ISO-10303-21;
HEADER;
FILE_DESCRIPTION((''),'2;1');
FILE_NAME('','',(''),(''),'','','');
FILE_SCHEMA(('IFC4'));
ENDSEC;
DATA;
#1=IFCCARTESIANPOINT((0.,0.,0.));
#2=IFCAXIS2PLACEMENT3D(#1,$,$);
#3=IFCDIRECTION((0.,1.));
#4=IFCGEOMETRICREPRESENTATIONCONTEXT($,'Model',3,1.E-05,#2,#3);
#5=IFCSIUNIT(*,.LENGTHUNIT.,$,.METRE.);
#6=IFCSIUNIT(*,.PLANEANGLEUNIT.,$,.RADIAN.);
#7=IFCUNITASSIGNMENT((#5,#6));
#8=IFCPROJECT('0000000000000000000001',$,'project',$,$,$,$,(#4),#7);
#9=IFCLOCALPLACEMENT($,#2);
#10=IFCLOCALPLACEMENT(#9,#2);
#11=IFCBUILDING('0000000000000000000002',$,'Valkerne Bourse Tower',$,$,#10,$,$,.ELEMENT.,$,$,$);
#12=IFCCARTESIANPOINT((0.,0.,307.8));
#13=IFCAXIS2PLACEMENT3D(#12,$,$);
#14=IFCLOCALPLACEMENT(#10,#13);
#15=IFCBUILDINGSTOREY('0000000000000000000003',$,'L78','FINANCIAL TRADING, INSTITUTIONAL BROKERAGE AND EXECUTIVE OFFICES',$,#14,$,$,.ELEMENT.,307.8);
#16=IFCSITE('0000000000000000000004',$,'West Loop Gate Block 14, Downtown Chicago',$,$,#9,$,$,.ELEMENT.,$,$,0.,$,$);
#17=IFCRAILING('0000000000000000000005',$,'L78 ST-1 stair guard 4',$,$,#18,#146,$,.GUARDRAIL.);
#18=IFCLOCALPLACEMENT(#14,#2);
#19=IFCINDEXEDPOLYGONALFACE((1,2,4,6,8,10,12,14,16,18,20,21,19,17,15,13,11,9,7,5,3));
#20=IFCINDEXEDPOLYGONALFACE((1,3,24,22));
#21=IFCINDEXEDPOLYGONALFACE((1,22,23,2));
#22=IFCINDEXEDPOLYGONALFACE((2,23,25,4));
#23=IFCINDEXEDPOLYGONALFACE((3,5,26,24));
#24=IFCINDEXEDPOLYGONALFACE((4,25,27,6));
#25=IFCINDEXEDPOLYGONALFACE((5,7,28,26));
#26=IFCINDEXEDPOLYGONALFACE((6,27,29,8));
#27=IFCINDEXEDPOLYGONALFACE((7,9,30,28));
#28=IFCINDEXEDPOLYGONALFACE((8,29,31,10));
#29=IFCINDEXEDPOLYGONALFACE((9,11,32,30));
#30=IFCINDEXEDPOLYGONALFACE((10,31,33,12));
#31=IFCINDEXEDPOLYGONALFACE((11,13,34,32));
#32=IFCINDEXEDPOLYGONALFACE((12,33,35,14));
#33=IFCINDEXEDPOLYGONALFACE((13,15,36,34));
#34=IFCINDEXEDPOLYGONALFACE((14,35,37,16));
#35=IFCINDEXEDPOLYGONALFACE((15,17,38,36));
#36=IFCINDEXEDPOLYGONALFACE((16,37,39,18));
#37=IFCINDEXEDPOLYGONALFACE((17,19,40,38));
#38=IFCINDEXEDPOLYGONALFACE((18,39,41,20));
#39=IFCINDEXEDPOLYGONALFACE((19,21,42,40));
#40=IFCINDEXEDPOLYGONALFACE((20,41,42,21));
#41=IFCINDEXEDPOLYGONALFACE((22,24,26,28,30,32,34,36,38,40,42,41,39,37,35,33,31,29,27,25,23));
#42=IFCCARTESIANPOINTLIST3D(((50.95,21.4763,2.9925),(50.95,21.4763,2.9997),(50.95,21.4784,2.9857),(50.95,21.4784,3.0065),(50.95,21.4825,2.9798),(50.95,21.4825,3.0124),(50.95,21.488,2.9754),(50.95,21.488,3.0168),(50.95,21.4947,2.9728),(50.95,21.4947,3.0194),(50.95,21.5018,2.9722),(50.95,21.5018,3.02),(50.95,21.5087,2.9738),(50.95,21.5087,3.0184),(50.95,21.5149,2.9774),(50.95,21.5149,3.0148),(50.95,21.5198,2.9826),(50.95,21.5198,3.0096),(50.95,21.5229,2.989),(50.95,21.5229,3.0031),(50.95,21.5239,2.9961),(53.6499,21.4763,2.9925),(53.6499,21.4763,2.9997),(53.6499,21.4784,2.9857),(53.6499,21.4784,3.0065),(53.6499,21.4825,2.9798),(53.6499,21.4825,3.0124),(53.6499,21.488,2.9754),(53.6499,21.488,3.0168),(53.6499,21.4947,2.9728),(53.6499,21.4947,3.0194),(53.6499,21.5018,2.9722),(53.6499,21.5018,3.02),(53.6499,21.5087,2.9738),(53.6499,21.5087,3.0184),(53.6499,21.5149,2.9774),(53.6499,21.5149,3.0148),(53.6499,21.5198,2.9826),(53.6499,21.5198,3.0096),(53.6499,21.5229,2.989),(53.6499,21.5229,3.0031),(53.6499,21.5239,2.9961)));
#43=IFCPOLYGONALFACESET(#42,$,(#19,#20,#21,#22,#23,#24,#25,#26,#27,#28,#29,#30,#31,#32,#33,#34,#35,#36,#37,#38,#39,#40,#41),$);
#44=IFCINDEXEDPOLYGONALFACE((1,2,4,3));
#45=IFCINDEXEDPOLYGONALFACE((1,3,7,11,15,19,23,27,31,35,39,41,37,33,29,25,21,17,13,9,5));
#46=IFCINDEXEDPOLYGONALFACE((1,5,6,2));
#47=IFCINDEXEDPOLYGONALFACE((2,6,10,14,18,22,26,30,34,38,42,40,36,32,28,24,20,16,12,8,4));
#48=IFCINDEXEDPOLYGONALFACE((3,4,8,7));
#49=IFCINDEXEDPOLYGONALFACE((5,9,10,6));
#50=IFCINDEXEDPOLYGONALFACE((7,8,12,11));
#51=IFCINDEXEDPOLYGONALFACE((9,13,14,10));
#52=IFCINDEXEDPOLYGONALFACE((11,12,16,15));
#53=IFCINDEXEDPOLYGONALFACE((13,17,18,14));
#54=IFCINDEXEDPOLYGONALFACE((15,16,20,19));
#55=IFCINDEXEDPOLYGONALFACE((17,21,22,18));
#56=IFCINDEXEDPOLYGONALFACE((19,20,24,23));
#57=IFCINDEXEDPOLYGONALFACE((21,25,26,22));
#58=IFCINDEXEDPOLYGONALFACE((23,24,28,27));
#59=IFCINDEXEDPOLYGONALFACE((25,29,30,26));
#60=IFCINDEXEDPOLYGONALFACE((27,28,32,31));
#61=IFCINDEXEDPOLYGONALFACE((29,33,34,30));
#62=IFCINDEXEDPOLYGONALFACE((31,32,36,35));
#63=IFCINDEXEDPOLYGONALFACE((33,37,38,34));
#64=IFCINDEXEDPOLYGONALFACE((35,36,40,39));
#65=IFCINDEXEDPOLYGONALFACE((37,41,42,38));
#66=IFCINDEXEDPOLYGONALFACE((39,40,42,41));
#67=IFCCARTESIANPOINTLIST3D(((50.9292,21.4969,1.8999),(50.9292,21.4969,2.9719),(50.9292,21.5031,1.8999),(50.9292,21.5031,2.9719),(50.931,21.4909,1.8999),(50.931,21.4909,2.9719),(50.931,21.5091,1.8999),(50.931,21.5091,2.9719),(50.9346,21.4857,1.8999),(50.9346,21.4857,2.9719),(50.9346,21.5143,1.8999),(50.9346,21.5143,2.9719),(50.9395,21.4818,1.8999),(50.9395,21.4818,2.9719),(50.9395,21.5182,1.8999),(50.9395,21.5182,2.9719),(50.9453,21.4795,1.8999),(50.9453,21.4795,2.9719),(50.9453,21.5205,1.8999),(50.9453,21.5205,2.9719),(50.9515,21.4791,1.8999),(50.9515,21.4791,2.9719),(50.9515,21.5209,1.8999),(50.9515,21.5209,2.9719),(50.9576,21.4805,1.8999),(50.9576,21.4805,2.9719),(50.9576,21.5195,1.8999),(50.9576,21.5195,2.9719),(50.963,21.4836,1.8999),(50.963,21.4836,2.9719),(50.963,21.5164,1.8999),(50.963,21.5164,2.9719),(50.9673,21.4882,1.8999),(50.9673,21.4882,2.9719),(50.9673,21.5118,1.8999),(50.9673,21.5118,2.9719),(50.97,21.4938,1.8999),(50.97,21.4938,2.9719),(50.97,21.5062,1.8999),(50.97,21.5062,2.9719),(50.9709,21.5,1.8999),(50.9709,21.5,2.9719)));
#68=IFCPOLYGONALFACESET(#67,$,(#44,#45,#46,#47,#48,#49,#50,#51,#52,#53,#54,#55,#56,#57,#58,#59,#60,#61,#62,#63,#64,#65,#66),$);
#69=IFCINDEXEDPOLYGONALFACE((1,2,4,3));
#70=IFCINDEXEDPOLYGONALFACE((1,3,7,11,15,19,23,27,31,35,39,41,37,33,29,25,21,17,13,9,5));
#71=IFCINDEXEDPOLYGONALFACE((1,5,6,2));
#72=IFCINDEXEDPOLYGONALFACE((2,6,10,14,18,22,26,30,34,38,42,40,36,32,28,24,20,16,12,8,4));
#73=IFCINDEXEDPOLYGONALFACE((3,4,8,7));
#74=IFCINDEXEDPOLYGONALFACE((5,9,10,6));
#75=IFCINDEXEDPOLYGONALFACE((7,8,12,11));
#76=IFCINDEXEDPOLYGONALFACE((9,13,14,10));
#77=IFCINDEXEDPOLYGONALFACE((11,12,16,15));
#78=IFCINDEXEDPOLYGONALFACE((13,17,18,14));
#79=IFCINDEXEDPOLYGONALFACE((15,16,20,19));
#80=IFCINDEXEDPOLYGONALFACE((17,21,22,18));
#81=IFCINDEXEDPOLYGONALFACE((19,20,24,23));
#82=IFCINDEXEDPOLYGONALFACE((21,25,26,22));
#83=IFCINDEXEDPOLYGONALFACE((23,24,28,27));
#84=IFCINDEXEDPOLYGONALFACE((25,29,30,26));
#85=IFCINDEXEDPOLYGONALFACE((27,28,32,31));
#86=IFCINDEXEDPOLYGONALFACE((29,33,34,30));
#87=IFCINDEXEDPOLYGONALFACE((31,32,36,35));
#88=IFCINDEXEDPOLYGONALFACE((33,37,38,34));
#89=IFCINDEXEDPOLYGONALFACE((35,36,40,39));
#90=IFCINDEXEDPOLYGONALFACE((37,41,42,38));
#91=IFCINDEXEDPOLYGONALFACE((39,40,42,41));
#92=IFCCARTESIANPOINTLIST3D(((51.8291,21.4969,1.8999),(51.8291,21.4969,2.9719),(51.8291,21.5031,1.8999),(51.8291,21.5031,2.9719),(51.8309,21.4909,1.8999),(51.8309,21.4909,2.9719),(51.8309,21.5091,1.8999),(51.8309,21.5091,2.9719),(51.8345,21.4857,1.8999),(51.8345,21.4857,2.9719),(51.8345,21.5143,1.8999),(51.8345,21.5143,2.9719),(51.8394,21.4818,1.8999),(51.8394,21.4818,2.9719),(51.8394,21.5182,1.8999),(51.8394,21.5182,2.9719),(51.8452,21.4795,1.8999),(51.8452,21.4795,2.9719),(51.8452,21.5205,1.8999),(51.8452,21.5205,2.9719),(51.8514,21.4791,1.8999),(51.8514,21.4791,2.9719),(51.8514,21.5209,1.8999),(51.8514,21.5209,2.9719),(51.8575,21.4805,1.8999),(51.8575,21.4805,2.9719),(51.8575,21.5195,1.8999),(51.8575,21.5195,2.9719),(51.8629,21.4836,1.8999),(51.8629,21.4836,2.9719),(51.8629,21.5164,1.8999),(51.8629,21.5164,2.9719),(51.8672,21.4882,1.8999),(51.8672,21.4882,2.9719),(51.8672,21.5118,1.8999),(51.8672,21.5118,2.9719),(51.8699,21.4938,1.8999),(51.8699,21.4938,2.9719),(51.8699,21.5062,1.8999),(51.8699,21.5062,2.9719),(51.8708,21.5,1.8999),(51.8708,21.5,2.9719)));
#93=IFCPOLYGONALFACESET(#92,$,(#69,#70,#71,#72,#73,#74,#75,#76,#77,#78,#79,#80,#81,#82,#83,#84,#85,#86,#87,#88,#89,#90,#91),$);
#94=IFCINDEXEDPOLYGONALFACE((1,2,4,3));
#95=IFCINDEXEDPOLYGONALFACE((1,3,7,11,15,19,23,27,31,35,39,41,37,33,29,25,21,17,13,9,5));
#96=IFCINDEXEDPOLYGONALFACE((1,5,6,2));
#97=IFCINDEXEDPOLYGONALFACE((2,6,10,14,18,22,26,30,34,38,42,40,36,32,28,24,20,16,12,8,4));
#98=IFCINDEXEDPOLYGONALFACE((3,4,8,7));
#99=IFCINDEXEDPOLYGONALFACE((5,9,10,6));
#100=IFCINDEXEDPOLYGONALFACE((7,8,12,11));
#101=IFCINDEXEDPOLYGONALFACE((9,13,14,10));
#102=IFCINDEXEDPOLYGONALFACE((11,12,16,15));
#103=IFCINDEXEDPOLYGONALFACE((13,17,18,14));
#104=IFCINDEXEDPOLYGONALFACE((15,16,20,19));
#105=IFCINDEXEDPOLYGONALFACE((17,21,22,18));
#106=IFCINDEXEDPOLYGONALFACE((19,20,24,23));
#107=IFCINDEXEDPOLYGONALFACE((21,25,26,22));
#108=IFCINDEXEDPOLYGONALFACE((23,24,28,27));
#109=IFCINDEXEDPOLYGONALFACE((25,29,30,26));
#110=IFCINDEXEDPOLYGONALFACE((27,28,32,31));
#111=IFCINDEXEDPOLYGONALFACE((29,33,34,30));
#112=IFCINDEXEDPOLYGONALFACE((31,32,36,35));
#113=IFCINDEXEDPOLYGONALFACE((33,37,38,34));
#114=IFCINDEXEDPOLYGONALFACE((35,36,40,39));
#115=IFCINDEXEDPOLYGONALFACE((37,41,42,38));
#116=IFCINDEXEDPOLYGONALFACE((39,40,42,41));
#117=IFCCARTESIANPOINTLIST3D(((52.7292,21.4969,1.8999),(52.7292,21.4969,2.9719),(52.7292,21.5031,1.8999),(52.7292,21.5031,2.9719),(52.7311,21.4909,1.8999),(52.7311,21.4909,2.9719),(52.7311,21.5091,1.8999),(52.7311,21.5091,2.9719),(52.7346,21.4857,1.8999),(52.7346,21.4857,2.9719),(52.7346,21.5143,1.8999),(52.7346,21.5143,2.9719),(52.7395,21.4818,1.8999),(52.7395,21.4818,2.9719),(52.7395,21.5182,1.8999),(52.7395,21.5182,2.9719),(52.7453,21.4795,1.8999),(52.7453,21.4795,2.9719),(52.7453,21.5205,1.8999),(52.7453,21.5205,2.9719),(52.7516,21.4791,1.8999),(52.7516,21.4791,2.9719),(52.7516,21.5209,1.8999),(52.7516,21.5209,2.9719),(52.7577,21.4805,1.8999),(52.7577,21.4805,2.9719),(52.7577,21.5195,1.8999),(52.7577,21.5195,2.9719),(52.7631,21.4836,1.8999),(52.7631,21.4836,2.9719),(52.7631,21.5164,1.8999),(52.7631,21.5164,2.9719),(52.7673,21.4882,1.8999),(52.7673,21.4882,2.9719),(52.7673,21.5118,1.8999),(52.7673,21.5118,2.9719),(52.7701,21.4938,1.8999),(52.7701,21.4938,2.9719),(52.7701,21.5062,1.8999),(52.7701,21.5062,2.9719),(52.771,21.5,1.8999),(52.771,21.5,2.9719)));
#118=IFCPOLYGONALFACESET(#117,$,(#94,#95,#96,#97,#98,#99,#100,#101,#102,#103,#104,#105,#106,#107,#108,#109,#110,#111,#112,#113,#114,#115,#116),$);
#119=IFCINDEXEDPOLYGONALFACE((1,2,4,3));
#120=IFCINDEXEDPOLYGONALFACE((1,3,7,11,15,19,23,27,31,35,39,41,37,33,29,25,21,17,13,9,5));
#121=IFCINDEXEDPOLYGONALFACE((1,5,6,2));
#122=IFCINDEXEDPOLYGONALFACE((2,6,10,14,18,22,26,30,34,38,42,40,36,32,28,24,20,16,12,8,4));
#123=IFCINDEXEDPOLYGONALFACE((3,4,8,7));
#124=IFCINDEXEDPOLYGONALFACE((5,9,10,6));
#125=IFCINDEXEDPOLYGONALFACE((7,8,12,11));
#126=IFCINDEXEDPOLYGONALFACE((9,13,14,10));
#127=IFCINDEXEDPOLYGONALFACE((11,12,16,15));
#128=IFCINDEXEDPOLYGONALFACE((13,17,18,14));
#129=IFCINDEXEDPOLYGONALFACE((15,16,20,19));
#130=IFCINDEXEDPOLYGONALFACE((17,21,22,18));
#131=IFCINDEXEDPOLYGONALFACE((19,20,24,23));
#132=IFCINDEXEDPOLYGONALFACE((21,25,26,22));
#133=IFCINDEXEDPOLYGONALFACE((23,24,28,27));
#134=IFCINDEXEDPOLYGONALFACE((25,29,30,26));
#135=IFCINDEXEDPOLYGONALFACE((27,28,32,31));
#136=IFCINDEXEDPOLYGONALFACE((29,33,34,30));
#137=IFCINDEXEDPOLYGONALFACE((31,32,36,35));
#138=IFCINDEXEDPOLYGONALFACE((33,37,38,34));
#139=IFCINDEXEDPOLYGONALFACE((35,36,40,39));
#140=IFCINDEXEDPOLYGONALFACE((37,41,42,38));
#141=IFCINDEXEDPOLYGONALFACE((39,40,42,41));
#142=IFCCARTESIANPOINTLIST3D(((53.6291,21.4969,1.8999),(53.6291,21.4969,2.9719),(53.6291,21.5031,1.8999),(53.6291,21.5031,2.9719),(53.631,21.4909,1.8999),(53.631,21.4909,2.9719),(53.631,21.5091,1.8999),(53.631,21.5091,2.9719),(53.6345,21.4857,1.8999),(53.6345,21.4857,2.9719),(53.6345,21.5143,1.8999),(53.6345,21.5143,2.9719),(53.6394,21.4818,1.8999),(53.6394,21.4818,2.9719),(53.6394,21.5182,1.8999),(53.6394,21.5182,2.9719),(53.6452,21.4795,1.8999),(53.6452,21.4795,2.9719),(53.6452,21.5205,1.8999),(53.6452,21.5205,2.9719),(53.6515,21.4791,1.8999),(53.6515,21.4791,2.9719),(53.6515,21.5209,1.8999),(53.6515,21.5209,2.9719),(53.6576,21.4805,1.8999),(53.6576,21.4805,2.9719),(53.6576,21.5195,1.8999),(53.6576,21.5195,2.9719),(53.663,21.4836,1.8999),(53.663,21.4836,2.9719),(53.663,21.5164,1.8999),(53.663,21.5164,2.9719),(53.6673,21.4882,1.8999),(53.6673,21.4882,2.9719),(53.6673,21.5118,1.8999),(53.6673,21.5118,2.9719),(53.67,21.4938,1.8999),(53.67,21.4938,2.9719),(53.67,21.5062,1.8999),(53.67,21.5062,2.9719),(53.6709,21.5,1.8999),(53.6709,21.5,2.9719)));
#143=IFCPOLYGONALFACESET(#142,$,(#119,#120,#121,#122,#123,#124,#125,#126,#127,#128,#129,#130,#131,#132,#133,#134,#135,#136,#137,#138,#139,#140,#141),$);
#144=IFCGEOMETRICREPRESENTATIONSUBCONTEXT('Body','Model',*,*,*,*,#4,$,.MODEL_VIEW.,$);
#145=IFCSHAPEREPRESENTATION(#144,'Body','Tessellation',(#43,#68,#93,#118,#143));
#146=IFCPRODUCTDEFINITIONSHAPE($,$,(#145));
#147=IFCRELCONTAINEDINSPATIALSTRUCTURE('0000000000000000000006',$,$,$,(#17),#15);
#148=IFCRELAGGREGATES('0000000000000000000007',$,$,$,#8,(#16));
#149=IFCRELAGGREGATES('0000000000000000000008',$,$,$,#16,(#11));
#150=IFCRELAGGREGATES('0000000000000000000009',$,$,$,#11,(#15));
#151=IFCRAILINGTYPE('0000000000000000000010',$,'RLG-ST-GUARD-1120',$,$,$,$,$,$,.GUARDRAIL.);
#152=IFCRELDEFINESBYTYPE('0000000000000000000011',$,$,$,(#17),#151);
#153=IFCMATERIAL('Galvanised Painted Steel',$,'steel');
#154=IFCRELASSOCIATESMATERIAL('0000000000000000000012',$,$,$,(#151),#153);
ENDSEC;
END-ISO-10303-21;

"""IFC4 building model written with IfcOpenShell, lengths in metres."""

from ifc_helpers import new_model, si_unit, direction, frame, origin, origin_2d, place, context, subcontext, project, spatial, circle, extrude, material, type_object, element, save


model = new_model("IFC4")

# Units and contexts
model_context = context("Model", 3, precision=1e-05, world=origin(), true_north=direction((0.0, 1.0)))
body_context = subcontext(model_context, "Body", "Model", "MODEL_VIEW")
ifc_project = project(units=[si_unit("LENGTHUNIT", "METRE"), si_unit("PLANEANGLEUNIT", "RADIAN")], contexts=[model_context])

# Site, building, storey
site_placement = place(None, origin())
site = spatial("IfcSite", under=ifc_project, at=site_placement, Name="West Loop Gate Block 14, Downtown Chicago", CompositionType="ELEMENT", RefElevation=0.0)
building_placement = place(site_placement, origin())
building = spatial("IfcBuilding", under=site, at=building_placement, Name="Valkerne Bourse Tower", CompositionType="ELEMENT")
storey_placement = place(building_placement, frame((0.0, 0.0, 307.8)))
storey = spatial("IfcBuildingStorey", under=building, at=storey_placement, Name="L78", Description="FINANCIAL TRADING, INSTITUTIONAL BROKERAGE AND EXECUTIVE OFFICES", CompositionType="ELEMENT", Elevation=307.8)

# Shared definitions
ifc_material_1 = material(Name="Galvanised Painted Steel", Category="steel")

# Railing
railing_type_1 = type_object("IfcRailingType", Name="RLG-ST-GUARD-1120", PredefinedType="GUARDRAIL", material=ifc_material_1)
for number, where, name in (
    (1, (50.95, 21.5, 1.8999), "L78 ST-1 stair guard 4"),
):
    element("IfcRailing", number, at=place(storey_placement, frame(where)), inside=storey, type_object=railing_type_1, Name=name, PredefinedType="GUARDRAIL", context=body_context, shape_type="SweptSolid", body=[
        extrude(circle(Radius=0.0239, at=origin_2d()), frame((0.0, 0.0, 1.0962), z_axis=(1.0, 0.0, 0.0), x_axis=(0.0, 1.0, 0.0)), (0.0, 0.0, 1.0), 2.7),
        extrude(circle(Radius=0.021, at=origin_2d()), origin(), (0.0, 0.0, 1.0), 1.072),
        extrude(circle(Radius=0.021, at=origin_2d()), frame((0.8999, 0.0, 0.0)), (0.0, 0.0, 1.0), 1.072),
        extrude(circle(Radius=0.021, at=origin_2d()), frame((1.8, 0.0, 0.0)), (0.0, 0.0, 1.0), 1.072),
        extrude(circle(Radius=0.021, at=origin_2d()), frame((2.7, 0.0, 0.0)), (0.0, 0.0, 1.0), 1.072),
    ])

save(model, "model.ifc")
